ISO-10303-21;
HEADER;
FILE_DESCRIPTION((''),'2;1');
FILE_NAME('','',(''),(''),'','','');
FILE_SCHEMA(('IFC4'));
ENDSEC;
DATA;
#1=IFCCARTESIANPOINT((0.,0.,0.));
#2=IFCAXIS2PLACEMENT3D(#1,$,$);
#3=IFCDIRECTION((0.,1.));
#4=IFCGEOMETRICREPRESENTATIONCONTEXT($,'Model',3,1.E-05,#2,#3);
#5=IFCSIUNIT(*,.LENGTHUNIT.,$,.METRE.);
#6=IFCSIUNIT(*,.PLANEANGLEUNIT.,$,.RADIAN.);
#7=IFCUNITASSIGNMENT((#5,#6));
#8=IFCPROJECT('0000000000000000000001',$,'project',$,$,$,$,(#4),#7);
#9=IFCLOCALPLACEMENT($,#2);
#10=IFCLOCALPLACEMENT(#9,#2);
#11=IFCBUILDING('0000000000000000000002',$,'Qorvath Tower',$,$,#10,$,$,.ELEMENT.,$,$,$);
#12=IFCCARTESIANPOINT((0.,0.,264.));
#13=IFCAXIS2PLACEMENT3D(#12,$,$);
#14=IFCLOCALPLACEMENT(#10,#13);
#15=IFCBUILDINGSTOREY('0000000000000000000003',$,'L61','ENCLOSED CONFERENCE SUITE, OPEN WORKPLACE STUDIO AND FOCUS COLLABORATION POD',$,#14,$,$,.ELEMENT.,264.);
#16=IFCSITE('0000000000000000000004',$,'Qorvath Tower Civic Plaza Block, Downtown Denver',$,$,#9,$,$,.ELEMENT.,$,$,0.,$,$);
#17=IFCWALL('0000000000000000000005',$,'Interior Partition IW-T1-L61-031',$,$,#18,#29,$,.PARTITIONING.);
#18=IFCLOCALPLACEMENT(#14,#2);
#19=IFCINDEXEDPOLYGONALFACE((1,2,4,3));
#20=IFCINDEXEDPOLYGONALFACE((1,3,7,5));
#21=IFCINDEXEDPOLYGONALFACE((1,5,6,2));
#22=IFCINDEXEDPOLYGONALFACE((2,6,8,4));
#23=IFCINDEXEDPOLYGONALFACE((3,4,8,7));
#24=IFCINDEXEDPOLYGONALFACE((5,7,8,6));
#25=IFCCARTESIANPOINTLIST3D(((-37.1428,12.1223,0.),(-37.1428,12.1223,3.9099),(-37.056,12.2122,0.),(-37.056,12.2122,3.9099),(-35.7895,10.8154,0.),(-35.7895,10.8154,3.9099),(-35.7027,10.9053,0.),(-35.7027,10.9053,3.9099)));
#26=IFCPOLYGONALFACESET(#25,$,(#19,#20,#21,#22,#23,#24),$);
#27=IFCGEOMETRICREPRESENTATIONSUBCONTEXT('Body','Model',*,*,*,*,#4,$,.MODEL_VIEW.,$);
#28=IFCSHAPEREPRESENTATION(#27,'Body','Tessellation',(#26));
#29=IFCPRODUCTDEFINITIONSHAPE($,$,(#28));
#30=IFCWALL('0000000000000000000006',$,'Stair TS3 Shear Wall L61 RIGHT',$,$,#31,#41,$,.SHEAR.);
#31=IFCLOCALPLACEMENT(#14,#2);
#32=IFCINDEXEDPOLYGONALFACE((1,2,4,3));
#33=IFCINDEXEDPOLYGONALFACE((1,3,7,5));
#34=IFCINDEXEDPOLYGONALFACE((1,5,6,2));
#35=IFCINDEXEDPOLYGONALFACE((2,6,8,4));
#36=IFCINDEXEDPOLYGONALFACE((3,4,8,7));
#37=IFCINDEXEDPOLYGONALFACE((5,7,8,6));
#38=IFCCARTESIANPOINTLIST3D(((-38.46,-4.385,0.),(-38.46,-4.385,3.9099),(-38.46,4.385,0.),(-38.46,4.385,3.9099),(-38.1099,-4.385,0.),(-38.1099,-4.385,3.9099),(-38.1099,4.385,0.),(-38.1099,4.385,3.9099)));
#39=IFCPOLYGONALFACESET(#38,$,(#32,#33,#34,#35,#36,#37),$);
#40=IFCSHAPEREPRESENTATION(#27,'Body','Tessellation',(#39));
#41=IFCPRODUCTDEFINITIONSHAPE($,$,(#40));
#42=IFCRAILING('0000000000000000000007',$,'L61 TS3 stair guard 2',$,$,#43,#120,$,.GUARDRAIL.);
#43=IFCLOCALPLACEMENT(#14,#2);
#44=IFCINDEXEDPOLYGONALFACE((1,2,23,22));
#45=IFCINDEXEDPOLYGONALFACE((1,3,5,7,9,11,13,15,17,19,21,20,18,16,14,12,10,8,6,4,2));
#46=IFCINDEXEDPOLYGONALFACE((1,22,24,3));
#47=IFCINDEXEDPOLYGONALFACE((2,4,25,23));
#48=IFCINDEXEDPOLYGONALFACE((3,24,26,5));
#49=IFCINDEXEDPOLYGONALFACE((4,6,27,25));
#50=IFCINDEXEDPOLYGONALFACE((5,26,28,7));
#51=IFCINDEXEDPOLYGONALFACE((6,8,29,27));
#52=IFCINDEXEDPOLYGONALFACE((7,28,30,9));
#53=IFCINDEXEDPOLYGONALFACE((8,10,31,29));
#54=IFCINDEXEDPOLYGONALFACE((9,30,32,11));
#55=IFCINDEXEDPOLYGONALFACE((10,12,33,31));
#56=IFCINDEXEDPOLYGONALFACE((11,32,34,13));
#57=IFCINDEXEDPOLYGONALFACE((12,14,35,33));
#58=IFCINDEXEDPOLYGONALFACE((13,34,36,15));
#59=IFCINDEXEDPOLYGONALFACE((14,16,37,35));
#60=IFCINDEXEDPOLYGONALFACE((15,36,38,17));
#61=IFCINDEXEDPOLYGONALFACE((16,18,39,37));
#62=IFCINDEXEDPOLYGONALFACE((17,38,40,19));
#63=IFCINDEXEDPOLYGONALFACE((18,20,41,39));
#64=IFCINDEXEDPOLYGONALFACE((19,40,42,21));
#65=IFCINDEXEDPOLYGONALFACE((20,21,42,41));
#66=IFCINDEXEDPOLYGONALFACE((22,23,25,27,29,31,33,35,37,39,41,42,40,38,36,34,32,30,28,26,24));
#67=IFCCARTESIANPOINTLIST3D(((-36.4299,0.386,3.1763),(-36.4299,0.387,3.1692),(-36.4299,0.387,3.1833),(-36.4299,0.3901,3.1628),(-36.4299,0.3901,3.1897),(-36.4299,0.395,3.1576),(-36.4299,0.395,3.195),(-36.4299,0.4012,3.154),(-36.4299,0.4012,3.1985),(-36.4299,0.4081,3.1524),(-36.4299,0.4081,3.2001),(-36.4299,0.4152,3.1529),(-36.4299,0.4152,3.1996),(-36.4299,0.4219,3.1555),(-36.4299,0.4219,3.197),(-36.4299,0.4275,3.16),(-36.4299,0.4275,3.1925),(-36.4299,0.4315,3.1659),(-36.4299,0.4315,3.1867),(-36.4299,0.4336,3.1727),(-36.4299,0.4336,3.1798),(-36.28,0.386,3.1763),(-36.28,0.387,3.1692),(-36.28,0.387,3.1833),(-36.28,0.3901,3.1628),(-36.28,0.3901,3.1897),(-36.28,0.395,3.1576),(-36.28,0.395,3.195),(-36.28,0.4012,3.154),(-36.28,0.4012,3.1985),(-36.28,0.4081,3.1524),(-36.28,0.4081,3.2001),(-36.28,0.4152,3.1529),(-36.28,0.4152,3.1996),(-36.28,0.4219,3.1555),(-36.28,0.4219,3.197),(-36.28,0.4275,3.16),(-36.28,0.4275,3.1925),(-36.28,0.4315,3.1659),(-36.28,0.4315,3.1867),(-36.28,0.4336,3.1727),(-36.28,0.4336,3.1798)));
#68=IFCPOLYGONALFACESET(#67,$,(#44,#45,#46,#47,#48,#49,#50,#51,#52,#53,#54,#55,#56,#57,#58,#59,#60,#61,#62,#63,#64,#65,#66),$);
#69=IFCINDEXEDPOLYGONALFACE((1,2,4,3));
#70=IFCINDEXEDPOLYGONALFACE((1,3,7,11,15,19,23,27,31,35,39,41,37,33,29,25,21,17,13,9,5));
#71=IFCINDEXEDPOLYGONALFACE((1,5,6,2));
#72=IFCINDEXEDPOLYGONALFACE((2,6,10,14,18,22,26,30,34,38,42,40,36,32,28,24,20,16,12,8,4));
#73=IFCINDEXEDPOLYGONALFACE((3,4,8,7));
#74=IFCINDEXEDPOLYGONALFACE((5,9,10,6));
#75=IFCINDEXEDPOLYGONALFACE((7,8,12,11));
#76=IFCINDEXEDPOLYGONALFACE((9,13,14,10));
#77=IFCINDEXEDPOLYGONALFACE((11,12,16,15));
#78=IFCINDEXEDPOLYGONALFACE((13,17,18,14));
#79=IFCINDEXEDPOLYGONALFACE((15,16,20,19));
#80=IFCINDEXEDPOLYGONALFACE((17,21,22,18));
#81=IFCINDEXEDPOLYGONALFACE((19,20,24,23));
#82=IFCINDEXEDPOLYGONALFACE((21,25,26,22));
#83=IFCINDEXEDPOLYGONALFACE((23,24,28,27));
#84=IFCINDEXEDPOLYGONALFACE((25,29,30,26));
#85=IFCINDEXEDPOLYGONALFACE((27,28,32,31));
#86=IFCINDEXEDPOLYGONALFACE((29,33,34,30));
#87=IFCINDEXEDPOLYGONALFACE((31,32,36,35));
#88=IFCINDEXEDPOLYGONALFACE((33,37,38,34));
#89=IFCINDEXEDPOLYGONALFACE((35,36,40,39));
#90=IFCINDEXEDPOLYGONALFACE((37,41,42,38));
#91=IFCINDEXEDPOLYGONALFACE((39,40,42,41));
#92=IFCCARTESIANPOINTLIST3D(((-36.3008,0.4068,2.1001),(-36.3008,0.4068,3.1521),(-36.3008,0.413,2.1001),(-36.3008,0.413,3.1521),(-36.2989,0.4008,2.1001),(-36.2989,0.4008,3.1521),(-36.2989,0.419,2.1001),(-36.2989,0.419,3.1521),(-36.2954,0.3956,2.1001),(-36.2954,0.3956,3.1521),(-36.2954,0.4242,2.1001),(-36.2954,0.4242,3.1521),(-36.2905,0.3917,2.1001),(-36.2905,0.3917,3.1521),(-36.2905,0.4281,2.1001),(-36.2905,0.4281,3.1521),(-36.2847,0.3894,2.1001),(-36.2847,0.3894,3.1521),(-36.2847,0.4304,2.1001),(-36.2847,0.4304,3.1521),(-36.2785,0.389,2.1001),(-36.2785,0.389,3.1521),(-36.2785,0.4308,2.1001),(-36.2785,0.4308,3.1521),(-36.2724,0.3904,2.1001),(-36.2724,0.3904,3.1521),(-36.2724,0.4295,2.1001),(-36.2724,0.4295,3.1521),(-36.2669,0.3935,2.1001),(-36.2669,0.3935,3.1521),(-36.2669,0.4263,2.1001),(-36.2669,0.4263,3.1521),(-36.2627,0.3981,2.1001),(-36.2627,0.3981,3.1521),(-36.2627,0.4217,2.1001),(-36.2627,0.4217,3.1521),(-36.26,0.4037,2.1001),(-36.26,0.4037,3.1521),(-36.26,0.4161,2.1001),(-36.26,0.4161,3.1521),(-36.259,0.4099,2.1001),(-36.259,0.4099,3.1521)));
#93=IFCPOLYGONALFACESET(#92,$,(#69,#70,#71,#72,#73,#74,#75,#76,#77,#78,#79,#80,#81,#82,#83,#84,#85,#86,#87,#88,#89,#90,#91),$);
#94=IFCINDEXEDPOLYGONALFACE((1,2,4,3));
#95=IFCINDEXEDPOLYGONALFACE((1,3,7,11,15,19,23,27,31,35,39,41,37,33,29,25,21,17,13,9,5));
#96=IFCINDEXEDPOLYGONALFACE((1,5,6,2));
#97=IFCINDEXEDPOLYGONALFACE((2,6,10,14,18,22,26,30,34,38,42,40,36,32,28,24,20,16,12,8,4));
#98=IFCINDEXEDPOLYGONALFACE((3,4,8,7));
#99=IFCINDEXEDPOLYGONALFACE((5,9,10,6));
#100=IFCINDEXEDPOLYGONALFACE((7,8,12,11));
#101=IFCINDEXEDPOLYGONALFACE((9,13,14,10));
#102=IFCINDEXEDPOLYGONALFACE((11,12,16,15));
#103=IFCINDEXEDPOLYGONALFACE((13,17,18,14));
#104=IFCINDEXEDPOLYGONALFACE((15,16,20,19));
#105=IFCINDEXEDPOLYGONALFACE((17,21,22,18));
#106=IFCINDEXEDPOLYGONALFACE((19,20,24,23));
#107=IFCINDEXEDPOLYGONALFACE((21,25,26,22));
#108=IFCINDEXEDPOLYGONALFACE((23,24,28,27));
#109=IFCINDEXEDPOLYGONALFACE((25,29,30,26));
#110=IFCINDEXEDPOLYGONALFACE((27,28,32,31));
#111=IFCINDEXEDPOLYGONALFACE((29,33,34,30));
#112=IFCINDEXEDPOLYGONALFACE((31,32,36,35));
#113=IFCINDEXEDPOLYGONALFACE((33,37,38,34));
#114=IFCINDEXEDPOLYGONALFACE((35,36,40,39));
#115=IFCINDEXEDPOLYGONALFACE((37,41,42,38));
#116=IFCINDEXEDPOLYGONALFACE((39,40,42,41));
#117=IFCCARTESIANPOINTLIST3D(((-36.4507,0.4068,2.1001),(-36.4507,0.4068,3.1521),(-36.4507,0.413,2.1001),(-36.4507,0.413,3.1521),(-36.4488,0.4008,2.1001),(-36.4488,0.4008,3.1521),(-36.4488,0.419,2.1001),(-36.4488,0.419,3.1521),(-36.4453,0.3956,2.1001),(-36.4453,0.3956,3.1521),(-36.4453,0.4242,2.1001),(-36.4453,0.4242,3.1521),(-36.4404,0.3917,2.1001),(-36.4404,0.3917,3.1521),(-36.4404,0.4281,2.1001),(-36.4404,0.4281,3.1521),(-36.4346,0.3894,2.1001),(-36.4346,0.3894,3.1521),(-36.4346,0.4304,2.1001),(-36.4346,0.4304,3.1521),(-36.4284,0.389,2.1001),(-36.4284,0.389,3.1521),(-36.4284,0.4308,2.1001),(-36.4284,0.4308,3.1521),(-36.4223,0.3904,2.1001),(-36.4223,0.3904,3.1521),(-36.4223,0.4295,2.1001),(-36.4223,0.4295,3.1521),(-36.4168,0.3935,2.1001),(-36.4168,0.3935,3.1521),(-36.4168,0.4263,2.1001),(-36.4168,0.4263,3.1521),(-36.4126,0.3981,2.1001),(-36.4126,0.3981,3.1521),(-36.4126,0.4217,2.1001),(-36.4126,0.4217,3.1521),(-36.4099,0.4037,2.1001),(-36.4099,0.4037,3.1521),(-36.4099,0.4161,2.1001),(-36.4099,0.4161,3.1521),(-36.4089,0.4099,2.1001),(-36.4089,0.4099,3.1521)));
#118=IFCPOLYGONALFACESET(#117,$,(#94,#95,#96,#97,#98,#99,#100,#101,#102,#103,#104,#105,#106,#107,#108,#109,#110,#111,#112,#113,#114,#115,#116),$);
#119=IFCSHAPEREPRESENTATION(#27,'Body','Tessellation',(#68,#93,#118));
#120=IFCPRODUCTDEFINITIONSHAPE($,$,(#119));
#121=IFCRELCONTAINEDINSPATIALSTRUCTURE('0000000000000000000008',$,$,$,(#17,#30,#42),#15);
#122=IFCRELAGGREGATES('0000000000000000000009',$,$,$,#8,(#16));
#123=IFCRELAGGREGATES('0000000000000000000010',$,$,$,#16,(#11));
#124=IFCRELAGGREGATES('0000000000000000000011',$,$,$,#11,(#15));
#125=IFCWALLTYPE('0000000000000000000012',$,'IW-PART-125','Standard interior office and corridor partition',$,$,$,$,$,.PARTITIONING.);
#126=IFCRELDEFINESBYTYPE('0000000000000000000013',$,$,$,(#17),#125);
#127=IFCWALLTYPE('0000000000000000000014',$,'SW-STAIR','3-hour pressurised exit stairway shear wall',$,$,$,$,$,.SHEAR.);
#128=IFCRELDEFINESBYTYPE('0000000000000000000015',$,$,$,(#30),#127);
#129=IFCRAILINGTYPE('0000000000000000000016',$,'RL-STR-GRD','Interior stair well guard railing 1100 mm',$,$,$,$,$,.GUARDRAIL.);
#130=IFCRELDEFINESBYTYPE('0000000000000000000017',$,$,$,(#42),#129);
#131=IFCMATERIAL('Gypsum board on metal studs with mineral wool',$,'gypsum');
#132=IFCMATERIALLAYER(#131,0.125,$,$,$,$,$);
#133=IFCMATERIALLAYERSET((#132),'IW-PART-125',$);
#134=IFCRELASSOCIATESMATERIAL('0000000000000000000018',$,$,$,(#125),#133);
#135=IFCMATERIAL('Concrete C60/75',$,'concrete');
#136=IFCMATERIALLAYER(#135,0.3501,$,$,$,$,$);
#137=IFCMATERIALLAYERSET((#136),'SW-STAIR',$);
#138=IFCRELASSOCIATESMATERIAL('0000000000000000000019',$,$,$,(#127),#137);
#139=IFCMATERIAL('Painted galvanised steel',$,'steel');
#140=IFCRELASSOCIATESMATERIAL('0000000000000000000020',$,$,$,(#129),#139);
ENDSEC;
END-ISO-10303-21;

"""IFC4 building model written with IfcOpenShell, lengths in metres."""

from ifc_helpers import new_model, si_unit, direction, frame, frame_2d, origin, origin_2d, place, context, subcontext, project, spatial, rectangle, circle, extrude, material, layer, layer_set, type_object, element, save


model = new_model("IFC4")

# Units and contexts
model_context = context("Model", 3, precision=1e-05, world=origin(), true_north=direction((0.0, 1.0)))
body_context = subcontext(model_context, "Body", "Model", "MODEL_VIEW")
ifc_project = project(units=[si_unit("LENGTHUNIT", "METRE"), si_unit("PLANEANGLEUNIT", "RADIAN")], contexts=[model_context])

# Site, building, storey
site_placement = place(None, origin())
site = spatial("IfcSite", under=ifc_project, at=site_placement, Name="Qorvath Tower Civic Plaza Block, Downtown Denver", CompositionType="ELEMENT", RefElevation=0.0)
building_placement = place(site_placement, origin())
building = spatial("IfcBuilding", under=site, at=building_placement, Name="Qorvath Tower", CompositionType="ELEMENT")
storey_placement = place(building_placement, frame((0.0, 0.0, 264.0)))
storey = spatial("IfcBuildingStorey", under=building, at=storey_placement, Name="L61", Description="ENCLOSED CONFERENCE SUITE, OPEN WORKPLACE STUDIO AND FOCUS COLLABORATION POD", CompositionType="ELEMENT", Elevation=264.0)

# Walls
ifc_material_1 = material(Name="Gypsum board on metal studs with mineral wool", Category="gypsum")
ifc_layer_1 = layer(ifc_material_1, 0.125)
ifc_layer_set_1 = layer_set([ifc_layer_1], Name="IW-PART-125")
wall_type_1 = type_object("IfcWallType", Name="IW-PART-125", Description="Standard interior office and corridor partition", PredefinedType="PARTITIONING", material=ifc_layer_set_1)
wall_1_placement = place(storey_placement, frame((-35.7461, 10.8604, 0.0), z_axis=(0.0, 0.0, 1.0), x_axis=(-0.719328, 0.694671, 0.0)))
element("IfcWall", 1, at=wall_1_placement, inside=storey, type_object=wall_type_1, Name="Interior Partition IW-T1-L61-031", PredefinedType="PARTITIONING", context=body_context, shape_type="SweptSolid", body=[
    extrude(rectangle(XDim=1.8813, YDim=0.125, at=frame_2d((0.9407, 0.0))), origin(), (0.0, 0.0, 1.0), 3.9099),
])
ifc_material_2 = material(Name="Concrete C60/75", Category="concrete")
ifc_layer_2 = layer(ifc_material_2, 0.3501)
ifc_layer_set_2 = layer_set([ifc_layer_2], Name="SW-STAIR")
wall_type_2 = type_object("IfcWallType", Name="SW-STAIR", Description="3-hour pressurised exit stairway shear wall", PredefinedType="SHEAR", material=ifc_layer_set_2)
wall_2_placement = place(storey_placement, frame((-38.2849, 4.385, 0.0), z_axis=(0.0, 0.0, 1.0), x_axis=(0.0, -1.0, 0.0)))
element("IfcWall", 2, at=wall_2_placement, inside=storey, type_object=wall_type_2, Name="Stair TS3 Shear Wall L61 RIGHT", PredefinedType="SHEAR", context=body_context, shape_type="SweptSolid", body=[
    extrude(rectangle(XDim=8.77, YDim=0.3501, at=frame_2d((4.385, 0.0))), origin(), (0.0, 0.0, 1.0), 3.9099),
])

# Railing
ifc_material_3 = material(Name="Painted galvanised steel", Category="steel")
railing_type = type_object("IfcRailingType", Name="RL-STR-GRD", Description="Interior stair well guard railing 1100 mm", PredefinedType="GUARDRAIL", material=ifc_material_3)
railing_1_placement = place(storey_placement, frame((-36.28, 0.4099, 2.1001)))
element("IfcRailing", 3, at=railing_1_placement, inside=storey, type_object=railing_type, Name="L61 TS3 stair guard 2", PredefinedType="GUARDRAIL", context=body_context, shape_type="SweptSolid", body=[
    extrude(circle(Radius=0.0239, at=origin_2d()), frame((0.0, 0.0, 1.0762), z_axis=(-1.0, 0.0, 0.0), x_axis=(0.0, -1.0, 0.0)), (0.0, 0.0, 1.0), 0.1499),
    extrude(circle(Radius=0.021, at=origin_2d()), origin(), (0.0, 0.0, 1.0), 1.052),
    extrude(circle(Radius=0.021, at=origin_2d()), frame((-0.1499, 0.0, 0.0)), (0.0, 0.0, 1.0), 1.052),
])

save(model, "model.ifc")
